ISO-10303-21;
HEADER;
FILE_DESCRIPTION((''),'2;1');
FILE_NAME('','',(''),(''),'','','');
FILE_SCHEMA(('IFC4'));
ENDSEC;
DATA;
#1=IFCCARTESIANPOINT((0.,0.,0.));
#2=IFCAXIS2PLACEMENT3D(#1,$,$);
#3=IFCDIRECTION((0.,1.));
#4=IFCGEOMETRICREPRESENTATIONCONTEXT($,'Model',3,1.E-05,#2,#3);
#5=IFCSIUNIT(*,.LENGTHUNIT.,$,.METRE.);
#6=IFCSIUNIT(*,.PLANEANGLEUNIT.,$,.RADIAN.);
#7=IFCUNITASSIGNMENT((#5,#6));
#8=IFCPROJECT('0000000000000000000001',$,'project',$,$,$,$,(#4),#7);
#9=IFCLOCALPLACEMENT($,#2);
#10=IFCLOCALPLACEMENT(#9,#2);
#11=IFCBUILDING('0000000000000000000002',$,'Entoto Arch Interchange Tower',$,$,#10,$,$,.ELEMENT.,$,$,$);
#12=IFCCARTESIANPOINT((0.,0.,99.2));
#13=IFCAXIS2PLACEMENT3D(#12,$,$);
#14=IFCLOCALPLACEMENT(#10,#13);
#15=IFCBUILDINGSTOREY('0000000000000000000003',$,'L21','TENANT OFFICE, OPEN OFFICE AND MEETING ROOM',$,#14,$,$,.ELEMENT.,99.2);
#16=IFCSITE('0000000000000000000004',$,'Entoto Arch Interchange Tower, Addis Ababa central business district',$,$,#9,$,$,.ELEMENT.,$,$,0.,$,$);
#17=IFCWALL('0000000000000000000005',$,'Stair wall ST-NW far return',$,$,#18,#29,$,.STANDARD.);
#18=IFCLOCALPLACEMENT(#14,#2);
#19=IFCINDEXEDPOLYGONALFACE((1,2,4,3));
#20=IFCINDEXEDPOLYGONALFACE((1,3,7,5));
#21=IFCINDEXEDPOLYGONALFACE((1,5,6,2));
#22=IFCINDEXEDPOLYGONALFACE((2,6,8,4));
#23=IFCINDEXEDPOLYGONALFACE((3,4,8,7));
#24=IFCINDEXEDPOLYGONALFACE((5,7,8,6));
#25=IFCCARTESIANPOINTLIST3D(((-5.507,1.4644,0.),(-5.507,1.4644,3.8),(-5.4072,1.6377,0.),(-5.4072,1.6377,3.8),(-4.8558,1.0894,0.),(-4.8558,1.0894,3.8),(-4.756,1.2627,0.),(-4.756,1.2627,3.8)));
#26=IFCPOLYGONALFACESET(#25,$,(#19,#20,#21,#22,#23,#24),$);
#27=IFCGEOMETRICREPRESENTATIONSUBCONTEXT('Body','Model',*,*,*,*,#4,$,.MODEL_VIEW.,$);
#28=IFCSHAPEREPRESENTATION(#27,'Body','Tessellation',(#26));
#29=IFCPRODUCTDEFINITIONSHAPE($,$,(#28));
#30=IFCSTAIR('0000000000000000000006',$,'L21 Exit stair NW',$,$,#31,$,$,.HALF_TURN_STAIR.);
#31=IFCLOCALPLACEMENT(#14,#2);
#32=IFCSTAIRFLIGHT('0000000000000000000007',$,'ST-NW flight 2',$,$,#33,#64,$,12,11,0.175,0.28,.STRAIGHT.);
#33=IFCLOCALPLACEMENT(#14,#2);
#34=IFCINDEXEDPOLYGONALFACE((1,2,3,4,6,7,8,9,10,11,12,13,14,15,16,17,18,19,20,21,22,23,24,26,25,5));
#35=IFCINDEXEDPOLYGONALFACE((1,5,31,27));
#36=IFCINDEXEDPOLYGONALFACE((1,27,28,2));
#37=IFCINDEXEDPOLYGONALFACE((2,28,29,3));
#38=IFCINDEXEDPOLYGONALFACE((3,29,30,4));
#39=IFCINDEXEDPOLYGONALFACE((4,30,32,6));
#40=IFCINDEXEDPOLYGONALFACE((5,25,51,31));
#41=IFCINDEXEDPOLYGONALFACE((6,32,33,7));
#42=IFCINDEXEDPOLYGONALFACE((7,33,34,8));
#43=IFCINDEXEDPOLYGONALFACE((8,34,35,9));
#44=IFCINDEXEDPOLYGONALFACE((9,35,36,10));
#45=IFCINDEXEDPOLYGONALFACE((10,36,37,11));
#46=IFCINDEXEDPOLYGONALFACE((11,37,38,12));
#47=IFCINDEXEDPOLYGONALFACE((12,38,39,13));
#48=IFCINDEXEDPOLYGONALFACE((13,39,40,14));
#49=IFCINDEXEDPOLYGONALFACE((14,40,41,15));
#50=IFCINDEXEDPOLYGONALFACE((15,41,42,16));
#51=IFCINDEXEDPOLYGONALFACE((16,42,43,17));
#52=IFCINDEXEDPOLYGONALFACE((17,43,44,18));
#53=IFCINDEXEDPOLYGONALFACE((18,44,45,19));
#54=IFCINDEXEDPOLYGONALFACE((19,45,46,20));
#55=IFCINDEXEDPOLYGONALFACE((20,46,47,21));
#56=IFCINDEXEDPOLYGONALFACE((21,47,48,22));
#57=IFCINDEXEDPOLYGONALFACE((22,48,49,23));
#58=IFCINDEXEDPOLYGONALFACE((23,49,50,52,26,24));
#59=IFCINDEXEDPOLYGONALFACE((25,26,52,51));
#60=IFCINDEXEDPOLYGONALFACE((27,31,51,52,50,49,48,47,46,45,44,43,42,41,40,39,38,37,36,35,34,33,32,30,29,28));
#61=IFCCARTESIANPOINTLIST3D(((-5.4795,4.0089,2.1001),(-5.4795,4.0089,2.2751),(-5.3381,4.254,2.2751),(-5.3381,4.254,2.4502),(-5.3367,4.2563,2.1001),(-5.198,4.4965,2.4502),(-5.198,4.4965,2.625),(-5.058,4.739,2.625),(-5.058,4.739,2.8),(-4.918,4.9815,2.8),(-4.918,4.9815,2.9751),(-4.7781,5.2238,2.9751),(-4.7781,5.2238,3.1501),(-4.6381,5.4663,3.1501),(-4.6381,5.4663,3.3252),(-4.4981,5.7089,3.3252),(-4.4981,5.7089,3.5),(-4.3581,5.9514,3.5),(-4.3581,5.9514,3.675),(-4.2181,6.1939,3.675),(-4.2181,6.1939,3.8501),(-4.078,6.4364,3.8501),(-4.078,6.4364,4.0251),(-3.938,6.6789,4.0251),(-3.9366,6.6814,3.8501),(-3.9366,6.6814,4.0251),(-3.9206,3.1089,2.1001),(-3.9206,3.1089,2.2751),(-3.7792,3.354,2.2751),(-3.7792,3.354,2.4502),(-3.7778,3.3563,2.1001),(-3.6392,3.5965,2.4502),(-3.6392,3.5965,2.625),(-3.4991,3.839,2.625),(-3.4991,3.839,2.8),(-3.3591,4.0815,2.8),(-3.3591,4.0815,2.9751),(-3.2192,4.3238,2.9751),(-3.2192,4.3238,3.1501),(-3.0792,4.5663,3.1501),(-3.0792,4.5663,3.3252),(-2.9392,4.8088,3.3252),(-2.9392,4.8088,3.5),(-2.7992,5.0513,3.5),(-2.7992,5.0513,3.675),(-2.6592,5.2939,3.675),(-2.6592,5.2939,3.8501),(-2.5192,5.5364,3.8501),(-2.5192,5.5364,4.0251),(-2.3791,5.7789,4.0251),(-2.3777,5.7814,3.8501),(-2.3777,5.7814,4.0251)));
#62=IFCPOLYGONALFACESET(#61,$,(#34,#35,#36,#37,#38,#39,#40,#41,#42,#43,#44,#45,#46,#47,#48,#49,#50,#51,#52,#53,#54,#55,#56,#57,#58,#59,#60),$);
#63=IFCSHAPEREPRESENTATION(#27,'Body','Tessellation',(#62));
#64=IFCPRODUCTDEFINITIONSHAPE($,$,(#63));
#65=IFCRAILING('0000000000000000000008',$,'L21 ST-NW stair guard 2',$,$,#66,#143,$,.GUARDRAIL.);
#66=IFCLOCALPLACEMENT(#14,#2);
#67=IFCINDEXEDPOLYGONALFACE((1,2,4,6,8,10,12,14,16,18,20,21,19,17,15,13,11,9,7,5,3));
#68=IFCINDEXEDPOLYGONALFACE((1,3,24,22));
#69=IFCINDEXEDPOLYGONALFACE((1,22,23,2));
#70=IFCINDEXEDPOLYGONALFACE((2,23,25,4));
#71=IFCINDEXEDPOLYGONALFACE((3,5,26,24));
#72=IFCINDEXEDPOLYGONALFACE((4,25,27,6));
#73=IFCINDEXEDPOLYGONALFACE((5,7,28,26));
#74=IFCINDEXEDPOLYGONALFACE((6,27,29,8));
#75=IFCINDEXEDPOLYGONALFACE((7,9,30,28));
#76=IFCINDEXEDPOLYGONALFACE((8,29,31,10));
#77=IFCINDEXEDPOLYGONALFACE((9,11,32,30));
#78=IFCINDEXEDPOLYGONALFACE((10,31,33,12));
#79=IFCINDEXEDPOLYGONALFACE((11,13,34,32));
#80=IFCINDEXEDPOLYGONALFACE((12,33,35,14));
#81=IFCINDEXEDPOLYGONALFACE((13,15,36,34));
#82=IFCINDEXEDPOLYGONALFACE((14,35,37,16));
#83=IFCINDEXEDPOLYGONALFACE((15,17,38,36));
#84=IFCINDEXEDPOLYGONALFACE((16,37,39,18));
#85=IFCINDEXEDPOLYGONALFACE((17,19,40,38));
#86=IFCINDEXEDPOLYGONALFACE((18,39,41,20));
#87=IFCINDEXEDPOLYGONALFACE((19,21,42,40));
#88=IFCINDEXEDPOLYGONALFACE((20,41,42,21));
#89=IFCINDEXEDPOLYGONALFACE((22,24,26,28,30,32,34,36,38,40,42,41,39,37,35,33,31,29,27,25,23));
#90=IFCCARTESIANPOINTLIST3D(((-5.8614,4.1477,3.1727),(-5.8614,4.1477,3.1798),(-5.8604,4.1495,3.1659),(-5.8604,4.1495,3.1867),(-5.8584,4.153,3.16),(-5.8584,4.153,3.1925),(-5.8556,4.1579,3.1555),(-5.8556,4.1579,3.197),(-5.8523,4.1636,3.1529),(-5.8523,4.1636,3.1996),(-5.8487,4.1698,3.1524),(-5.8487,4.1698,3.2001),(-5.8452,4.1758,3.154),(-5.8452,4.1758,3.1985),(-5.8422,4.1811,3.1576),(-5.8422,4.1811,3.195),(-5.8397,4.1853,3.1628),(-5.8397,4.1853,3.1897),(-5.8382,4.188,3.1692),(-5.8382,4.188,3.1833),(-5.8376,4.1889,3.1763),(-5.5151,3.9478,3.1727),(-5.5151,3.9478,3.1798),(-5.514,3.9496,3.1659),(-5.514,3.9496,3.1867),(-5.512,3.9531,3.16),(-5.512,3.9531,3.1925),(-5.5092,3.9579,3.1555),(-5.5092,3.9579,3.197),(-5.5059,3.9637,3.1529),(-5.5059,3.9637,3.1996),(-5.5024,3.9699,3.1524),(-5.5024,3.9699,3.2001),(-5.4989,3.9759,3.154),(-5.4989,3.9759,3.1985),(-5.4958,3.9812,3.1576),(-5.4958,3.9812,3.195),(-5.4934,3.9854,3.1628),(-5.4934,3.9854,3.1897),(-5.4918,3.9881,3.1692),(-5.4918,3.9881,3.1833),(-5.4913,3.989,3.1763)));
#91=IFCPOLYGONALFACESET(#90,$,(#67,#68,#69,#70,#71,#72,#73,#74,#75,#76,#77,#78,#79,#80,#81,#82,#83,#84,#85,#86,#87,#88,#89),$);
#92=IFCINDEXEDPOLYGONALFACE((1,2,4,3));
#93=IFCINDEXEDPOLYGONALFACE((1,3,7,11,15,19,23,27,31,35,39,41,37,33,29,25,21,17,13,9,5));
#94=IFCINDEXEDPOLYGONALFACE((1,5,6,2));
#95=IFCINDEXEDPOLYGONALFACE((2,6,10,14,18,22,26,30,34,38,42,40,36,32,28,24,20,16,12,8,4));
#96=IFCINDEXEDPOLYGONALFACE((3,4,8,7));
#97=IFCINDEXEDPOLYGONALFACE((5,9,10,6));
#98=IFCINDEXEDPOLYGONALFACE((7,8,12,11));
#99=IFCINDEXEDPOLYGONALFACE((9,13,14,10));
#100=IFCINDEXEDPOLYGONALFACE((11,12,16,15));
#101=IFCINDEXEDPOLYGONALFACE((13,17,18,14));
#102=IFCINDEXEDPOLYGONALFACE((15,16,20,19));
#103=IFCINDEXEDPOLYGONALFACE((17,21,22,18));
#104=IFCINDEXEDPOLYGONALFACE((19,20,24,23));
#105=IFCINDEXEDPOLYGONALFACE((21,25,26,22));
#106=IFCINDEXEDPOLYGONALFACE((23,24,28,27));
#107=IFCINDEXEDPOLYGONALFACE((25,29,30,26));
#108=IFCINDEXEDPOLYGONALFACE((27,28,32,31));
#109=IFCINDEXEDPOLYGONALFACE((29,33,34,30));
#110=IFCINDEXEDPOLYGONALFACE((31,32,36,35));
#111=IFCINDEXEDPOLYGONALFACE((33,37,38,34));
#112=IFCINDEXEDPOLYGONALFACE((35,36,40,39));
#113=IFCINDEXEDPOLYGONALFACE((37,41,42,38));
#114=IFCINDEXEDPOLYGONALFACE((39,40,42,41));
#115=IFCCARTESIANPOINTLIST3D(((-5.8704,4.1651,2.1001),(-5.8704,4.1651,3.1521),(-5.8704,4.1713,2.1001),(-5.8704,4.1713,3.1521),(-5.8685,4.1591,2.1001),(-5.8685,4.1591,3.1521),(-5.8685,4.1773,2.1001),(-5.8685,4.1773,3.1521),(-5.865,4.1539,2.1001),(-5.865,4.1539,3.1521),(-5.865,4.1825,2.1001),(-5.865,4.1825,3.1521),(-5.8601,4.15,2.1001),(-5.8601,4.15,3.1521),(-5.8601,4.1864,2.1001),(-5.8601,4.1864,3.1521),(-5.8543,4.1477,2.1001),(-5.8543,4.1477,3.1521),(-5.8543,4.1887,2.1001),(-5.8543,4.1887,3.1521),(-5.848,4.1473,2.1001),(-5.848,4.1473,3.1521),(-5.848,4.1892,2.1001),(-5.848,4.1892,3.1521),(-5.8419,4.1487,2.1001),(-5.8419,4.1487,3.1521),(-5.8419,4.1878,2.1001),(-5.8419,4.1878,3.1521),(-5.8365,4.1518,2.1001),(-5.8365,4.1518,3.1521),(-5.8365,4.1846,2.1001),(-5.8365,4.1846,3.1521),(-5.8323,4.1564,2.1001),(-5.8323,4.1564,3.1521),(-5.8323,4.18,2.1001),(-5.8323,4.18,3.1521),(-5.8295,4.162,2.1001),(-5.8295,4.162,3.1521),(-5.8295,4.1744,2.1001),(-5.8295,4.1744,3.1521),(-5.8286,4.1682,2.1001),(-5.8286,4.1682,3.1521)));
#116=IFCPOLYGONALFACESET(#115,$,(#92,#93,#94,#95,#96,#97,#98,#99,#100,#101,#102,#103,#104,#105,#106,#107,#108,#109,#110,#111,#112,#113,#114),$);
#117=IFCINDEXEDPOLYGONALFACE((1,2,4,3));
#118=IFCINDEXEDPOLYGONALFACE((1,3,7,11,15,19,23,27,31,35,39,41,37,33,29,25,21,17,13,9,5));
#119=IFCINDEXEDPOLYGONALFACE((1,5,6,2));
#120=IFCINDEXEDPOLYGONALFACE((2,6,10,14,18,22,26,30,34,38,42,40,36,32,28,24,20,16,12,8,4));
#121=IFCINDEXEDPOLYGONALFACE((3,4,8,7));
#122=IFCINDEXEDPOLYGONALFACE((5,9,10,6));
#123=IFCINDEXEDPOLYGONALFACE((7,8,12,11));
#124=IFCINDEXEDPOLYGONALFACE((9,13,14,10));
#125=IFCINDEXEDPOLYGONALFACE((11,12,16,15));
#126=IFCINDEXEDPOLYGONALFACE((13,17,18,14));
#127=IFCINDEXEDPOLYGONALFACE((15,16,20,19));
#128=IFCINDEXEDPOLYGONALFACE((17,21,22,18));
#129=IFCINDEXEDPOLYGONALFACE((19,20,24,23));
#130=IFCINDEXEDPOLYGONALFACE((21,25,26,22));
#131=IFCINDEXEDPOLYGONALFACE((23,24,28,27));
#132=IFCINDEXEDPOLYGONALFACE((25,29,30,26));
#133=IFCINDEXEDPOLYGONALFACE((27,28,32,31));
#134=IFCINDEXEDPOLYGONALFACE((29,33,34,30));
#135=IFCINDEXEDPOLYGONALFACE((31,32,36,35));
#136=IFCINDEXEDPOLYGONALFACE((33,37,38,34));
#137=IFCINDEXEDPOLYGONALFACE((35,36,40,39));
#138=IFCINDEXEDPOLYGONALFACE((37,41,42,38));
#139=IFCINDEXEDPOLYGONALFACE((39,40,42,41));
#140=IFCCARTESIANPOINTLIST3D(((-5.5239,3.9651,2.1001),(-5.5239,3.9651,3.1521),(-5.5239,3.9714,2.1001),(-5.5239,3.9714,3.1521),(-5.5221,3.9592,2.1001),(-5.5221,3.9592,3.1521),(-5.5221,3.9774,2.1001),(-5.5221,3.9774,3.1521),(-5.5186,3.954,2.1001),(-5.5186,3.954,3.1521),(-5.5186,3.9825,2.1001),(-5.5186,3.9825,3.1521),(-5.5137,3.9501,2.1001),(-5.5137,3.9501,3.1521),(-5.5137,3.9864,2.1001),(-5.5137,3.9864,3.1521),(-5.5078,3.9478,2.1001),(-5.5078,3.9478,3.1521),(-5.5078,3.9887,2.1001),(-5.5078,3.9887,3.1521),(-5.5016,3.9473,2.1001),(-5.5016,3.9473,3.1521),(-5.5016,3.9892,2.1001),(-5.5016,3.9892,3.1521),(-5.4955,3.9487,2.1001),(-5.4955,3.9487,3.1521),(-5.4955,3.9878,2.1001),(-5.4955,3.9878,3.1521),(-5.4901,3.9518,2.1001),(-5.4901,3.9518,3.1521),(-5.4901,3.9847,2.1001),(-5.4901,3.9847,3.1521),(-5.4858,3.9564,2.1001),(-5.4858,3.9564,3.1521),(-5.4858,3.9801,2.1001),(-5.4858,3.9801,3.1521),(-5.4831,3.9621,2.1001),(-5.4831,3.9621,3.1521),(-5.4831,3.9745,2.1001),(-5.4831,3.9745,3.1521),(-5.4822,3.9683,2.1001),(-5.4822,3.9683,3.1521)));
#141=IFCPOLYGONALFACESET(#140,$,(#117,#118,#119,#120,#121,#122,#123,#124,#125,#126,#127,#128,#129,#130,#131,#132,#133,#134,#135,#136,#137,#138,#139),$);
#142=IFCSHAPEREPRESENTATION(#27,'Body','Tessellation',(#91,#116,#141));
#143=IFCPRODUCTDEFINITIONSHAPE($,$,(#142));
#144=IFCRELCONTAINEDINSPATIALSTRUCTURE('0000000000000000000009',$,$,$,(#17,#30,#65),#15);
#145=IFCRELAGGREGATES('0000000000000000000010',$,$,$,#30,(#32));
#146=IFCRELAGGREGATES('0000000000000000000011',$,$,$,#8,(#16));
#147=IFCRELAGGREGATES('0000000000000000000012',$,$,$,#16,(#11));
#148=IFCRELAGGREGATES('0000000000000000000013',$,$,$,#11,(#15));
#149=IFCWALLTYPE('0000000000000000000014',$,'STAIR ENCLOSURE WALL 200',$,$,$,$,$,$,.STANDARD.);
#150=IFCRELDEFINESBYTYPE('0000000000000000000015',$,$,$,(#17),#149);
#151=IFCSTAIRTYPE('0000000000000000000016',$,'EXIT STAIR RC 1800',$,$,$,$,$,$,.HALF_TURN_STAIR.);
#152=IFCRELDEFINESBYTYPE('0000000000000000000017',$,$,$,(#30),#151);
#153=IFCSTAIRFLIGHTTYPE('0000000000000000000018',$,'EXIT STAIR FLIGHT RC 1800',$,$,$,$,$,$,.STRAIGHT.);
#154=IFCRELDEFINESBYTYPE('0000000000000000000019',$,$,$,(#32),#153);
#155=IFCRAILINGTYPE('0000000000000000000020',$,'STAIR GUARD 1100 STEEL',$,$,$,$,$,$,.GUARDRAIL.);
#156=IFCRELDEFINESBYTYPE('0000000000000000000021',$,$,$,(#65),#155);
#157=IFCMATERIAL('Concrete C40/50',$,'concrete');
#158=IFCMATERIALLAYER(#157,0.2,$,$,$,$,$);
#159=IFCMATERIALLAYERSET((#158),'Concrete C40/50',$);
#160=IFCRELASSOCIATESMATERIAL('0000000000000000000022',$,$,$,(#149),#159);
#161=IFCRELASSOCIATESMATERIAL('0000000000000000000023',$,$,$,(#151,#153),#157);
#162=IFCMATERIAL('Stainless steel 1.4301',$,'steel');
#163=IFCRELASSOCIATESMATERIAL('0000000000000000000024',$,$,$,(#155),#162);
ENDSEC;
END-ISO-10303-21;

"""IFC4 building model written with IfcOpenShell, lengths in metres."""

from ifc_helpers import new_model, si_unit, direction, frame, frame_2d, origin, origin_2d, place, context, subcontext, project, spatial, polyline, rectangle, circle, outline, extrude, material, layer, layer_set, type_object, element, aggregate, save


model = new_model("IFC4")

# Units and contexts
model_context = context("Model", 3, precision=1e-05, world=origin(), true_north=direction((0.0, 1.0)))
body_context = subcontext(model_context, "Body", "Model", "MODEL_VIEW")
ifc_project = project(units=[si_unit("LENGTHUNIT", "METRE"), si_unit("PLANEANGLEUNIT", "RADIAN")], contexts=[model_context])

# Site, building, storey
site_placement = place(None, origin())
site = spatial("IfcSite", under=ifc_project, at=site_placement, Name="Entoto Arch Interchange Tower, Addis Ababa central business district", CompositionType="ELEMENT", RefElevation=0.0)
building_placement = place(site_placement, origin())
building = spatial("IfcBuilding", under=site, at=building_placement, Name="Entoto Arch Interchange Tower", CompositionType="ELEMENT")
storey_placement = place(building_placement, frame((0.0, 0.0, 99.2)))
storey = spatial("IfcBuildingStorey", under=building, at=storey_placement, Name="L21", Description="TENANT OFFICE, OPEN OFFICE AND MEETING ROOM", CompositionType="ELEMENT", Elevation=99.2)

# Shared definitions
ifc_material_1 = material(Name="Concrete C40/50", Category="concrete")

# Wall
ifc_layer_1 = layer(ifc_material_1, 0.2)
ifc_layer_set_1 = layer_set([ifc_layer_1], Name="Concrete C40/50")
wall_type_1 = type_object("IfcWallType", Name="STAIR ENCLOSURE WALL 200", PredefinedType="STANDARD", material=ifc_layer_set_1)
wall_1_placement = place(storey_placement, frame((-4.8059, 1.176, 0.0), z_axis=(0.0, 0.0, 1.0), x_axis=(-0.866559, 0.499075, 0.0)))
element("IfcWall", 1, at=wall_1_placement, inside=storey, type_object=wall_type_1, Name="Stair wall ST-NW far return", PredefinedType="STANDARD", context=body_context, shape_type="SweptSolid", body=[
    extrude(rectangle(XDim=0.7515, YDim=0.2, at=frame_2d((0.3757, 0.0))), origin(), (0.0, 0.0, 1.0), 3.8),
])

# Stair, stair flight
stair_type = type_object("IfcStairType", Name="EXIT STAIR RC 1800", PredefinedType="HALF_TURN_STAIR", material=ifc_material_1)
stair_placement = place(storey_placement, origin())
stair = element("IfcStair", 2, at=stair_placement, inside=storey, type_object=stair_type, Name="L21 Exit stair NW", PredefinedType="HALF_TURN_STAIR")
stair_flight_type = type_object("IfcStairFlightType", Name="EXIT STAIR FLIGHT RC 1800", PredefinedType="STRAIGHT", material=ifc_material_1)
stair_flight_placement = place(storey_placement, frame((-4.6987, 3.5615, 2.1001), z_axis=(0.0, 0.0, 1.0), x_axis=(0.5, 0.866025, 0.0)))
stair_flight = element("IfcStairFlight", 3, at=stair_flight_placement, type_object=stair_flight_type, Name="ST-NW flight 2", NumberOfRisers=12, NumberOfTreads=11, PredefinedType="STRAIGHT", RiserHeight=0.175, TreadLength=0.28, context=body_context, shape_type="SweptSolid", body=[
    extrude(outline(polyline([(-0.0029, 0.0), (-0.0029, 0.175), (0.28, 0.175), (0.28, 0.3501), (0.5601, 0.3501), (0.5601, 0.5249), (0.8401, 0.5249), (0.8401, 0.7), (1.1201, 0.7), (1.1201, 0.875), (1.3999, 0.875), (1.3999, 1.05), (1.6799, 1.05), (1.6799, 1.2251), (1.96, 1.2251), (1.96, 1.3999), (2.24, 1.3999), (2.24, 1.575), (2.52, 1.575), (2.52, 1.75), (2.8, 1.75), (2.8, 1.925), (3.0801, 1.925), (3.083, 1.925), (3.083, 1.75), (0.2827, 0.0), (-0.0029, 0.0)])), frame((0.0, 0.8999, 0.0), z_axis=(0.0, -1.0, 0.0), x_axis=(1.0, 0.0, 0.0)), (0.0, 0.0, 1.0), 1.8),
])
aggregate(stair, [stair_flight])

# Railing
ifc_material_2 = material(Name="Stainless steel 1.4301", Category="steel")
railing_type_1 = type_object("IfcRailingType", Name="STAIR GUARD 1100 STEEL", PredefinedType="GUARDRAIL", material=ifc_material_2)
railing_1_placement = place(storey_placement, frame((-5.8496, 4.1682, 2.1001)))
element("IfcRailing", 4, at=railing_1_placement, inside=storey, type_object=railing_type_1, Name="L21 ST-NW stair guard 2", PredefinedType="GUARDRAIL", context=body_context, shape_type="SweptSolid", body=[
    extrude(circle(Radius=0.0239, at=origin_2d()), frame((0.0, 0.0, 1.0762), z_axis=(0.866094, -0.499881, 0.0), x_axis=(0.499881, 0.866094, 0.0)), (0.0, 0.0, 1.0), 0.3999),
    extrude(circle(Radius=0.021, at=origin_2d()), origin(), (0.0, 0.0, 1.0), 1.052),
    extrude(circle(Radius=0.021, at=origin_2d()), frame((0.3464, -0.2, 0.0)), (0.0, 0.0, 1.0), 1.052),
])

save(model, "model.ifc")
